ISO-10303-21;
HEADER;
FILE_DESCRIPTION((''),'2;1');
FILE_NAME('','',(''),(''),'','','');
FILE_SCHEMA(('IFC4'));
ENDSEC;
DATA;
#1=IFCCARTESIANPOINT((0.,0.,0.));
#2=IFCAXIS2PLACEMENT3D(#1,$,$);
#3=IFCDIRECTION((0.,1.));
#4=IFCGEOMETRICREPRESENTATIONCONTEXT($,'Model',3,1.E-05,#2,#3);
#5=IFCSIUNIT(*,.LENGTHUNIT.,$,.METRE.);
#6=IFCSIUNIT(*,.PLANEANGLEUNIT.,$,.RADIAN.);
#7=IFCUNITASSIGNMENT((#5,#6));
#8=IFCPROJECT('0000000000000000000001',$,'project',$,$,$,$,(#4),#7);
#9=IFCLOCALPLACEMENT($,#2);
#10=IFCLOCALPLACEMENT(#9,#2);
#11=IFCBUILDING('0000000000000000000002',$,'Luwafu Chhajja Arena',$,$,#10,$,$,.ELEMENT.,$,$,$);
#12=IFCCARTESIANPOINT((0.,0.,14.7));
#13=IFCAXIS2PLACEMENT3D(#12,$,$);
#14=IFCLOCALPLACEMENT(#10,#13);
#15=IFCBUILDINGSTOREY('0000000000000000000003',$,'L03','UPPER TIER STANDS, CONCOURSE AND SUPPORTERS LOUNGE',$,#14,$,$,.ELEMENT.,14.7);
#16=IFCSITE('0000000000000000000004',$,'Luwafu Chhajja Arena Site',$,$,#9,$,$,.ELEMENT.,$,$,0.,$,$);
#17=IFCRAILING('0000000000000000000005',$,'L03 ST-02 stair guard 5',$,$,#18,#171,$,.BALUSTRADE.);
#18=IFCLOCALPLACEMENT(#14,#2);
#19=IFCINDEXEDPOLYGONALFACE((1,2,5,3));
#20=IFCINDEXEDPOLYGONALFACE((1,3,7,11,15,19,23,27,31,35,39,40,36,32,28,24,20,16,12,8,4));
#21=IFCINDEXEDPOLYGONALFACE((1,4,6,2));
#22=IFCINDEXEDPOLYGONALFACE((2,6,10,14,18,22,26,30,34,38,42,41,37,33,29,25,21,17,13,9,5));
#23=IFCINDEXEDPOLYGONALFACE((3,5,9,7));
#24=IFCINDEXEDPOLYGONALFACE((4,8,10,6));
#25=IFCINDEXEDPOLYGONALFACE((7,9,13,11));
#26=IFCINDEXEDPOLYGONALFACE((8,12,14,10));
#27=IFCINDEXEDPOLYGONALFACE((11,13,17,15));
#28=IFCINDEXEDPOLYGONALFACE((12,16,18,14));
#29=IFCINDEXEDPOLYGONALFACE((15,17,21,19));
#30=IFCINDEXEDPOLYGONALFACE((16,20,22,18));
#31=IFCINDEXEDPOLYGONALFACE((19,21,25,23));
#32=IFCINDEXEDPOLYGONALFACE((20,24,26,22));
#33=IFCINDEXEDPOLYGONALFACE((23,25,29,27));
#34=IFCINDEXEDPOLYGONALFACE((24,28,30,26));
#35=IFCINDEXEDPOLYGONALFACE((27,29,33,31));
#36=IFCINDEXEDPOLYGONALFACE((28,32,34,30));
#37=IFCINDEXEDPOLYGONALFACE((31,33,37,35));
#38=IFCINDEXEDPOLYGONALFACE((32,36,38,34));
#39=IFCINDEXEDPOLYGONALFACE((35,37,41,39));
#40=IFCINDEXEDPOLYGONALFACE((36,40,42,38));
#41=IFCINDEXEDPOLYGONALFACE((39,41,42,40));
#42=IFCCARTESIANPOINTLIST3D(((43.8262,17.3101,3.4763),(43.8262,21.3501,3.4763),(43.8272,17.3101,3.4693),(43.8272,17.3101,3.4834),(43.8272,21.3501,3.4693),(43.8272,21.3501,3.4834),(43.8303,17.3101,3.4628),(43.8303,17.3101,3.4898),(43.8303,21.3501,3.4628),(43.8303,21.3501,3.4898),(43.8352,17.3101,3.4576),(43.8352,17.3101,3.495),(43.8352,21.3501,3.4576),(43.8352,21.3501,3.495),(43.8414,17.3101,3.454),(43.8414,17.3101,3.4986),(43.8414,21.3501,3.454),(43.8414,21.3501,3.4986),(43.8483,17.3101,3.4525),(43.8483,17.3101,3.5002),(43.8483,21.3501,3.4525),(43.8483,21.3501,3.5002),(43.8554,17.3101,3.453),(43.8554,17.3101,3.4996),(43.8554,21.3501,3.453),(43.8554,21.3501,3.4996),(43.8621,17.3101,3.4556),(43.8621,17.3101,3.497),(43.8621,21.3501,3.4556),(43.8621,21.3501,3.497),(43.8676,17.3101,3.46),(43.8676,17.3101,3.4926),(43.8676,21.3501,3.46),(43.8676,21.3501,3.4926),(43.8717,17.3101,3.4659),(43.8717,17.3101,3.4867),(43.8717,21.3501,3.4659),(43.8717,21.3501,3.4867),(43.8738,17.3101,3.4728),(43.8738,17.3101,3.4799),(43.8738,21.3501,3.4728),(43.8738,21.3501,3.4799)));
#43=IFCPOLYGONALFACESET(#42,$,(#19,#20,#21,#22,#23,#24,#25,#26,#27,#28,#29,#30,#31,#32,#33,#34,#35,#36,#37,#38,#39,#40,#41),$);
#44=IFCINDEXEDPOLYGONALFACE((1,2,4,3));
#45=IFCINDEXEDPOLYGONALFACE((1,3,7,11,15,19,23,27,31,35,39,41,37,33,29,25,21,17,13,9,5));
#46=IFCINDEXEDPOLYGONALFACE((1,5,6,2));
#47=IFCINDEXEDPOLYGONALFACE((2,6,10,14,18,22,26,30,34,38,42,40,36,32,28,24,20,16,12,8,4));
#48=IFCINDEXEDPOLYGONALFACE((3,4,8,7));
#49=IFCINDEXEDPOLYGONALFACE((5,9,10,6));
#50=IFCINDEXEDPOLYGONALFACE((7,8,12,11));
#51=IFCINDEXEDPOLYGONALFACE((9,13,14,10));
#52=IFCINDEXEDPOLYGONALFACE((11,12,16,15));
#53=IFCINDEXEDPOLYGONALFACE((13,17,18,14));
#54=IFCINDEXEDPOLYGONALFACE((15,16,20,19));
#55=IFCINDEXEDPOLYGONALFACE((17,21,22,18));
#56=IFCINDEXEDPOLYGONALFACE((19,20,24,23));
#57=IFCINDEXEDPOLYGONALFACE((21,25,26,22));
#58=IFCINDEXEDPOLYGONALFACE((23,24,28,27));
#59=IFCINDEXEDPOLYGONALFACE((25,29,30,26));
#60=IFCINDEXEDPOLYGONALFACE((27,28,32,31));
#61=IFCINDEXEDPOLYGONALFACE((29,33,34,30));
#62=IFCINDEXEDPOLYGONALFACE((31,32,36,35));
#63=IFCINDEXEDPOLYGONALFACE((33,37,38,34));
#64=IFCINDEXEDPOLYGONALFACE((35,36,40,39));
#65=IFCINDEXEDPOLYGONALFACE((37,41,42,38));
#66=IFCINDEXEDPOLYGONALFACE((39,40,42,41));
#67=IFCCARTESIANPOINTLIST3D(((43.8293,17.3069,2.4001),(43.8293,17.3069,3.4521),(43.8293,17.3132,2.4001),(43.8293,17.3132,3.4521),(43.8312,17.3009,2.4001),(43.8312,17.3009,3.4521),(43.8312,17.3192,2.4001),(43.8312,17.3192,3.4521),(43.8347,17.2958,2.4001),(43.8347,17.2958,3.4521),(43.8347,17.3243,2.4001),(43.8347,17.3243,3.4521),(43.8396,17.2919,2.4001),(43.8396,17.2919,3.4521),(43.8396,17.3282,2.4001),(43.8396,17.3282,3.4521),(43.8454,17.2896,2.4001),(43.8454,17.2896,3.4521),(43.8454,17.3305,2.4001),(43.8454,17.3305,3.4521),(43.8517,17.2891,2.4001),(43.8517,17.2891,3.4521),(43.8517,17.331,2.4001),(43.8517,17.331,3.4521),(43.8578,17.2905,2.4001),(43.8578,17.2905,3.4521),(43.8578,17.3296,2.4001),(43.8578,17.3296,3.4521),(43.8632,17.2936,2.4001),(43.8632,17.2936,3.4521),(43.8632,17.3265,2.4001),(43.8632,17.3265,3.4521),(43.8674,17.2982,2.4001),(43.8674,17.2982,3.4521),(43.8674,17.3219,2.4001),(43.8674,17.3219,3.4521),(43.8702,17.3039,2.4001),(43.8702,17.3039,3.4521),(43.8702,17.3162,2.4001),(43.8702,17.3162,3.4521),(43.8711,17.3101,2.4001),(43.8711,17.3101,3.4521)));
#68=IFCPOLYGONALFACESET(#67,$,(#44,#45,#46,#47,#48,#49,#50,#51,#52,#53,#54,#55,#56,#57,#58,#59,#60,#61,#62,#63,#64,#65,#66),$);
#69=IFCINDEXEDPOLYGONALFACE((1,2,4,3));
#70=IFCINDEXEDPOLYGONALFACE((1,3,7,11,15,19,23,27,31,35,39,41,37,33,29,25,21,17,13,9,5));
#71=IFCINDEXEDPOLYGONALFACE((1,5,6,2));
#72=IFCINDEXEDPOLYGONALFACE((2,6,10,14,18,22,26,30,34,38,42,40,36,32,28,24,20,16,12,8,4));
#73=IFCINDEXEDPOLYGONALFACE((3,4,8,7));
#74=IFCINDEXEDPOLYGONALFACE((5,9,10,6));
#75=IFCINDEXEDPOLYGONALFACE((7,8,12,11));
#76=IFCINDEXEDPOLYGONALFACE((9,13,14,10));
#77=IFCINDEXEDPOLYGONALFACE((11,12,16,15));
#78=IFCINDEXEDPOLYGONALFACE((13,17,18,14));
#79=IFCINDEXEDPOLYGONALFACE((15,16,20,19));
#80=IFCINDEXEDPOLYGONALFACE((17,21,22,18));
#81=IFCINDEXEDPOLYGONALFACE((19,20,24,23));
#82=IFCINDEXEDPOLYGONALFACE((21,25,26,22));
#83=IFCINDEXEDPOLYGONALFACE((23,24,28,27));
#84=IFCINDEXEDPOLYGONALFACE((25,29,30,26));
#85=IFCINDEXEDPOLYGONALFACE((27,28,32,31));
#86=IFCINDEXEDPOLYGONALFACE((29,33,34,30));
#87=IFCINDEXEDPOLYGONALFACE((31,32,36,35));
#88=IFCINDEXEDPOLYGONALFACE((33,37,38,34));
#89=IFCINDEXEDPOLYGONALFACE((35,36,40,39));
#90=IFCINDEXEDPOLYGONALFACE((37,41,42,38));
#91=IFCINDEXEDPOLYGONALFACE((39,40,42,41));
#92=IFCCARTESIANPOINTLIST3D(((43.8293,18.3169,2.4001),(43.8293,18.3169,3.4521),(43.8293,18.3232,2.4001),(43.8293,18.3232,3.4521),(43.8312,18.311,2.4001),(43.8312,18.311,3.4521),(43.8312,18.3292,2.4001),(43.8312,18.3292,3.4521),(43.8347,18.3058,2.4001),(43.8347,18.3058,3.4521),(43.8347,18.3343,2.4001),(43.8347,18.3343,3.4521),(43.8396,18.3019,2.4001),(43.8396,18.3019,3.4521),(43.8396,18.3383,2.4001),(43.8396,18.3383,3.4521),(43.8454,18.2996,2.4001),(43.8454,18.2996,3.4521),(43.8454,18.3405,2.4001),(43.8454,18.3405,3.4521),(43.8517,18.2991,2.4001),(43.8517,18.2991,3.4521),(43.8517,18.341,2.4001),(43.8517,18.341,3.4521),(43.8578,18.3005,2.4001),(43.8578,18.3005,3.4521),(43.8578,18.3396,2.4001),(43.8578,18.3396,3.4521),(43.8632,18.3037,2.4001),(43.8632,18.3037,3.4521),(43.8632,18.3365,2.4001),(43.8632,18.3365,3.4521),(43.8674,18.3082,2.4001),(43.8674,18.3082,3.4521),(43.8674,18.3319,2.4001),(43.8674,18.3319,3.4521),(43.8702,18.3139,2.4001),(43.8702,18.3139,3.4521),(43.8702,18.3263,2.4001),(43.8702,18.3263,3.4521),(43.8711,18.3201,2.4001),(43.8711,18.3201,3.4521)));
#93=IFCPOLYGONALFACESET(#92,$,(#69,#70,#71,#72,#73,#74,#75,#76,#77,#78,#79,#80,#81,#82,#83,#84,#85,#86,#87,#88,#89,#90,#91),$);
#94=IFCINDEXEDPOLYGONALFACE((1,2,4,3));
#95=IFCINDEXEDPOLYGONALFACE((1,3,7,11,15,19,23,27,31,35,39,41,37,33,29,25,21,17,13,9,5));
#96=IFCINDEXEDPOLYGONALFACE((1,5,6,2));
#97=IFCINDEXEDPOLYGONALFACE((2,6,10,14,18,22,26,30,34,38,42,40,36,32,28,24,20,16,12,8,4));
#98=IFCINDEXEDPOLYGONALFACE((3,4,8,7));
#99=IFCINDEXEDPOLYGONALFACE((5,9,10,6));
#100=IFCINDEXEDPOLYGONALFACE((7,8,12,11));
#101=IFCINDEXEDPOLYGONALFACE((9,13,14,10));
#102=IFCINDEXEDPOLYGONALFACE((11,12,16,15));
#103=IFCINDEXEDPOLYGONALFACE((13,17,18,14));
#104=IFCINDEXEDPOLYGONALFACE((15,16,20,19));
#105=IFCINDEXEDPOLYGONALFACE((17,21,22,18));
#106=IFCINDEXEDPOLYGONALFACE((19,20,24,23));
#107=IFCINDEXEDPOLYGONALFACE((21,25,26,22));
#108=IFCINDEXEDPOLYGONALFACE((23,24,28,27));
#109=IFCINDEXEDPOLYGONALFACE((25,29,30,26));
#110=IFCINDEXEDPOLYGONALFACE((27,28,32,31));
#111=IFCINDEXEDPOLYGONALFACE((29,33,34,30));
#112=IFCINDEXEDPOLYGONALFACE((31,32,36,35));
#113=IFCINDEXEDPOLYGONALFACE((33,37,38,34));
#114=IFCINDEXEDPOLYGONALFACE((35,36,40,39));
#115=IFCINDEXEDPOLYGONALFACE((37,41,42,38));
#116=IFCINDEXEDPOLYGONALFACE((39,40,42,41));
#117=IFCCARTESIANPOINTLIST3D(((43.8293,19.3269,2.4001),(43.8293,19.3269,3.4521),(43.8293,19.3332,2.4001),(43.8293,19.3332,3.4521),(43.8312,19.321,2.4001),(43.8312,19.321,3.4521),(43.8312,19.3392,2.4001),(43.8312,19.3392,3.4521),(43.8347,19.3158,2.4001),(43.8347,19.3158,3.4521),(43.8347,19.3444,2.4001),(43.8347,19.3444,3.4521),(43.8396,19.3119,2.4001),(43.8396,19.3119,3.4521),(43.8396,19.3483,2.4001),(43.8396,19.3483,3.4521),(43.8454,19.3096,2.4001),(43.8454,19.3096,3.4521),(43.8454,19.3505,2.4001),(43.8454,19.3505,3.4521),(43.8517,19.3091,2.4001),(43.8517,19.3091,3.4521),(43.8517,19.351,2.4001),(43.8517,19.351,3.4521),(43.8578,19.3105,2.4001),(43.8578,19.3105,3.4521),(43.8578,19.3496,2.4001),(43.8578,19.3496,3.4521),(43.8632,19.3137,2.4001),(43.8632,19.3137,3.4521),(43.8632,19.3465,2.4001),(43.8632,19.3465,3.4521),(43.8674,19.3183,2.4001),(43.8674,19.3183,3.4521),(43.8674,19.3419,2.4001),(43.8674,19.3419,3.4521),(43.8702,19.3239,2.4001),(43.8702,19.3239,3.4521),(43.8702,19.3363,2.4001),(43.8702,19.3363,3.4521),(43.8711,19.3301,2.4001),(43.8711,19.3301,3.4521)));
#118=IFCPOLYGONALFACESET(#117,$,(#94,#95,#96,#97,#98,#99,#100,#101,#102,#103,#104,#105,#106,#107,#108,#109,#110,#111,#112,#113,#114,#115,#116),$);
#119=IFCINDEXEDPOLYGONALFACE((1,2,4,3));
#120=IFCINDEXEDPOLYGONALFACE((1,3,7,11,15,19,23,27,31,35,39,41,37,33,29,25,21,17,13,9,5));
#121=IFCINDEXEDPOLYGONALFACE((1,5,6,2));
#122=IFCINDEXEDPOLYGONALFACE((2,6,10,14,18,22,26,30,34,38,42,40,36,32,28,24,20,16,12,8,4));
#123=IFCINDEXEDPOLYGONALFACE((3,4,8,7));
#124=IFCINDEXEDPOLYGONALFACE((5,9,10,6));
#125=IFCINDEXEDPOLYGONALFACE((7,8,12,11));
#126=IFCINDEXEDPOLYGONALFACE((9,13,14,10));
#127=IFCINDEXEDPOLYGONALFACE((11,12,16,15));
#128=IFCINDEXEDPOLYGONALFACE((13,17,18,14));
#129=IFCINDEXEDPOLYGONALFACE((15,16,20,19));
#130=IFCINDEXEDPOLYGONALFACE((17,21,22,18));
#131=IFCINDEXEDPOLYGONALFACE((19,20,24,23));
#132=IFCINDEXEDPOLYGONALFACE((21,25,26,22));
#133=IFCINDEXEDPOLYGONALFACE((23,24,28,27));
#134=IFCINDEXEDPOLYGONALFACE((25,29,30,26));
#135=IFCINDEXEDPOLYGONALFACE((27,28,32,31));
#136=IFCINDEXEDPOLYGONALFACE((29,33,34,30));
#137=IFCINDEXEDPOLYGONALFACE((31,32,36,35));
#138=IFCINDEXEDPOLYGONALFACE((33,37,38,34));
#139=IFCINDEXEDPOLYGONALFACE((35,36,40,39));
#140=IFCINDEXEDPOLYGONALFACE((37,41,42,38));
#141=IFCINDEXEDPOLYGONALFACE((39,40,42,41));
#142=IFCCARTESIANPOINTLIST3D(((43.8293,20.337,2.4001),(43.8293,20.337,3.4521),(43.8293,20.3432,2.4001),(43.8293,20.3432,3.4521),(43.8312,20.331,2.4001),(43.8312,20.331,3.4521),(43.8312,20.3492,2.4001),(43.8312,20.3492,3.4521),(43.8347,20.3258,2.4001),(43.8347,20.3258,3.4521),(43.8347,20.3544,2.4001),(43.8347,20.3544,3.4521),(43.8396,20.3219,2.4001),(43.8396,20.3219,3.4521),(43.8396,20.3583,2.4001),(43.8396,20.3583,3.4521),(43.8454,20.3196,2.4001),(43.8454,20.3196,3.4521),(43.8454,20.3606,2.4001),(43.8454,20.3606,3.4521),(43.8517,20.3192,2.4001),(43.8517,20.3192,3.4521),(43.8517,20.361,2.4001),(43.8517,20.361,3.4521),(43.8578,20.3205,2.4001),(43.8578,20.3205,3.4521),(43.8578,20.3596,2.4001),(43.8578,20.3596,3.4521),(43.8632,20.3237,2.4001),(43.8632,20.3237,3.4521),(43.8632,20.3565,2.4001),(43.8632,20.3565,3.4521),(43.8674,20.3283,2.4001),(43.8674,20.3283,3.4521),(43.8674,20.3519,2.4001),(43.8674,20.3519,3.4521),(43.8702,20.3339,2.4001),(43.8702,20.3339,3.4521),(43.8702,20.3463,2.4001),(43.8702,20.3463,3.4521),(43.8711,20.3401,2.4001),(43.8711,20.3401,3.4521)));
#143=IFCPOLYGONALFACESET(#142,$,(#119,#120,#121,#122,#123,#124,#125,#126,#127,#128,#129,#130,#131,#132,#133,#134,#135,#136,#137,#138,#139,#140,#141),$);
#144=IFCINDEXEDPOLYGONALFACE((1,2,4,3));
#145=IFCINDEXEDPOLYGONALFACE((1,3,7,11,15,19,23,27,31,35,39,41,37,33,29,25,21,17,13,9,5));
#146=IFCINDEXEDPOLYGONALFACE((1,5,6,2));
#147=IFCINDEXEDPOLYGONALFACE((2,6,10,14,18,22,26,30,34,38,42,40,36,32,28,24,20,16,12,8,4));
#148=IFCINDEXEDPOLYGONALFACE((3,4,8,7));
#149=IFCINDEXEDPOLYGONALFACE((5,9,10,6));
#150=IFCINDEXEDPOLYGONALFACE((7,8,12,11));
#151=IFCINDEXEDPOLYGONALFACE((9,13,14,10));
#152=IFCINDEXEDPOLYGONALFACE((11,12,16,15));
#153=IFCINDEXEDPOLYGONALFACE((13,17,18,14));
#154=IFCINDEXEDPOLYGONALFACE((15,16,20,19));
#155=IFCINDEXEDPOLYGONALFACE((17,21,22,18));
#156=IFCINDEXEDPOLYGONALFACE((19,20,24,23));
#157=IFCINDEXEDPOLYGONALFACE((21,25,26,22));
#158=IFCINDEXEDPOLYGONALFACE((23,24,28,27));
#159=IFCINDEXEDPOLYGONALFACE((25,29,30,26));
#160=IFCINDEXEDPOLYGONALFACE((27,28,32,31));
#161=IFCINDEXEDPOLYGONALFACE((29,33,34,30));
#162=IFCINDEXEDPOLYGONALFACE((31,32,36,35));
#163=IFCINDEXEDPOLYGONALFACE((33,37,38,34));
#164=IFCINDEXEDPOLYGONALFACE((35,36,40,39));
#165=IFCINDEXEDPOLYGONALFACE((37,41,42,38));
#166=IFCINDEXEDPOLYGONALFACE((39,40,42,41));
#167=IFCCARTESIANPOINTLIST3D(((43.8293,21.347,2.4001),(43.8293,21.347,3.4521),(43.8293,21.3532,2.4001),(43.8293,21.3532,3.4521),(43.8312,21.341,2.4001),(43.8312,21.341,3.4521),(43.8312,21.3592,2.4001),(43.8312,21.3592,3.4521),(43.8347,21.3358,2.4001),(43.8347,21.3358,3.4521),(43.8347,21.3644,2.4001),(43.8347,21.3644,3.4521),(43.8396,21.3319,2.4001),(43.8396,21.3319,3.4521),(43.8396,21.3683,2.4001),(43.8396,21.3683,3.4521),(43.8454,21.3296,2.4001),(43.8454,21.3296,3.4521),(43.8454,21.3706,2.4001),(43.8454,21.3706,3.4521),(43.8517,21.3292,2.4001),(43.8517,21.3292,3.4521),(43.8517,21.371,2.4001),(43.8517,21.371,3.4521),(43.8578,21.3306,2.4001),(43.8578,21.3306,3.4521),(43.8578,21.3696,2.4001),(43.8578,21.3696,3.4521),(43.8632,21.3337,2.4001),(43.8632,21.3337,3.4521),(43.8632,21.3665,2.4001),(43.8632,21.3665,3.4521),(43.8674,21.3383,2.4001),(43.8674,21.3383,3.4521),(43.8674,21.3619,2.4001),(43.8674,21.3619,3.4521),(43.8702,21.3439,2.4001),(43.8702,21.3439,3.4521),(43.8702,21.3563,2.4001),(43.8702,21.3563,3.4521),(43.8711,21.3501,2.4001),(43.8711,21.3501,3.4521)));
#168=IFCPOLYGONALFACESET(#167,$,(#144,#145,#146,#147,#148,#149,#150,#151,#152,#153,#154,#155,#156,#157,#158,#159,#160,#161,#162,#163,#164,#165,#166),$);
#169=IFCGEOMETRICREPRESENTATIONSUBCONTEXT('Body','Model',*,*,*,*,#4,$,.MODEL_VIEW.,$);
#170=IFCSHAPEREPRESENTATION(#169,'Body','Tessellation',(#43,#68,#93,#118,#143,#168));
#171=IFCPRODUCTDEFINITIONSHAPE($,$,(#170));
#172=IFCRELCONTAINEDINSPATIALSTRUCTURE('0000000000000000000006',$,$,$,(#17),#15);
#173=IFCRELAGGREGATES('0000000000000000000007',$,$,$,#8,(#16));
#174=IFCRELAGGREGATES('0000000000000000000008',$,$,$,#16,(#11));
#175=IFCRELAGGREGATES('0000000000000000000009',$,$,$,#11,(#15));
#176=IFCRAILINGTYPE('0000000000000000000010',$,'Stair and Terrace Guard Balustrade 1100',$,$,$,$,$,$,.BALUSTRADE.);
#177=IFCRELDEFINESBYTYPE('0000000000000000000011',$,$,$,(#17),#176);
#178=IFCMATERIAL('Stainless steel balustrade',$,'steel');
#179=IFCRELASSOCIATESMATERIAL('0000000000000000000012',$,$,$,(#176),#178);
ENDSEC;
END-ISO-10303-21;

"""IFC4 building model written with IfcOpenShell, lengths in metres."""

from ifc_helpers import new_model, si_unit, direction, frame, origin, origin_2d, place, context, subcontext, project, spatial, circle, extrude, material, type_object, element, save


model = new_model("IFC4")

# Units and contexts
model_context = context("Model", 3, precision=1e-05, world=origin(), true_north=direction((0.0, 1.0)))
body_context = subcontext(model_context, "Body", "Model", "MODEL_VIEW")
ifc_project = project(units=[si_unit("LENGTHUNIT", "METRE"), si_unit("PLANEANGLEUNIT", "RADIAN")], contexts=[model_context])

# Site, building, storey
site_placement = place(None, origin())
site = spatial("IfcSite", under=ifc_project, at=site_placement, Name="Luwafu Chhajja Arena Site", CompositionType="ELEMENT", RefElevation=0.0)
building_placement = place(site_placement, origin())
building = spatial("IfcBuilding", under=site, at=building_placement, Name="Luwafu Chhajja Arena", CompositionType="ELEMENT")
storey_placement = place(building_placement, frame((0.0, 0.0, 14.7)))
storey = spatial("IfcBuildingStorey", under=building, at=storey_placement, Name="L03", Description="UPPER TIER STANDS, CONCOURSE AND SUPPORTERS LOUNGE", CompositionType="ELEMENT", Elevation=14.7)

# Railing
ifc_material_1 = material(Name="Stainless steel balustrade", Category="steel")
railing_type = type_object("IfcRailingType", Name="Stair and Terrace Guard Balustrade 1100", PredefinedType="BALUSTRADE", material=ifc_material_1)
railing_1_placement = place(storey_placement, frame((43.8501, 17.3101, 2.4001)))
element("IfcRailing", 1, at=railing_1_placement, inside=storey, type_object=railing_type, Name="L03 ST-02 stair guard 5", PredefinedType="BALUSTRADE", context=body_context, shape_type="SweptSolid", body=[
    extrude(circle(Radius=0.0239, at=origin_2d()), frame((0.0, 0.0, 1.0762), z_axis=(0.0, 1.0, 0.0), x_axis=(-1.0, 0.0, 0.0)), (0.0, 0.0, 1.0), 4.04),
    extrude(circle(Radius=0.021, at=origin_2d()), origin(), (0.0, 0.0, 1.0), 1.052),
    extrude(circle(Radius=0.021, at=origin_2d()), frame((0.0, 1.01, 0.0)), (0.0, 0.0, 1.0), 1.052),
    extrude(circle(Radius=0.021, at=origin_2d()), frame((0.0, 2.02, 0.0)), (0.0, 0.0, 1.0), 1.052),
    extrude(circle(Radius=0.021, at=origin_2d()), frame((0.0, 3.03, 0.0)), (0.0, 0.0, 1.0), 1.052),
    extrude(circle(Radius=0.021, at=origin_2d()), frame((0.0, 4.04, 0.0)), (0.0, 0.0, 1.0), 1.052),
])

save(model, "model.ifc")
